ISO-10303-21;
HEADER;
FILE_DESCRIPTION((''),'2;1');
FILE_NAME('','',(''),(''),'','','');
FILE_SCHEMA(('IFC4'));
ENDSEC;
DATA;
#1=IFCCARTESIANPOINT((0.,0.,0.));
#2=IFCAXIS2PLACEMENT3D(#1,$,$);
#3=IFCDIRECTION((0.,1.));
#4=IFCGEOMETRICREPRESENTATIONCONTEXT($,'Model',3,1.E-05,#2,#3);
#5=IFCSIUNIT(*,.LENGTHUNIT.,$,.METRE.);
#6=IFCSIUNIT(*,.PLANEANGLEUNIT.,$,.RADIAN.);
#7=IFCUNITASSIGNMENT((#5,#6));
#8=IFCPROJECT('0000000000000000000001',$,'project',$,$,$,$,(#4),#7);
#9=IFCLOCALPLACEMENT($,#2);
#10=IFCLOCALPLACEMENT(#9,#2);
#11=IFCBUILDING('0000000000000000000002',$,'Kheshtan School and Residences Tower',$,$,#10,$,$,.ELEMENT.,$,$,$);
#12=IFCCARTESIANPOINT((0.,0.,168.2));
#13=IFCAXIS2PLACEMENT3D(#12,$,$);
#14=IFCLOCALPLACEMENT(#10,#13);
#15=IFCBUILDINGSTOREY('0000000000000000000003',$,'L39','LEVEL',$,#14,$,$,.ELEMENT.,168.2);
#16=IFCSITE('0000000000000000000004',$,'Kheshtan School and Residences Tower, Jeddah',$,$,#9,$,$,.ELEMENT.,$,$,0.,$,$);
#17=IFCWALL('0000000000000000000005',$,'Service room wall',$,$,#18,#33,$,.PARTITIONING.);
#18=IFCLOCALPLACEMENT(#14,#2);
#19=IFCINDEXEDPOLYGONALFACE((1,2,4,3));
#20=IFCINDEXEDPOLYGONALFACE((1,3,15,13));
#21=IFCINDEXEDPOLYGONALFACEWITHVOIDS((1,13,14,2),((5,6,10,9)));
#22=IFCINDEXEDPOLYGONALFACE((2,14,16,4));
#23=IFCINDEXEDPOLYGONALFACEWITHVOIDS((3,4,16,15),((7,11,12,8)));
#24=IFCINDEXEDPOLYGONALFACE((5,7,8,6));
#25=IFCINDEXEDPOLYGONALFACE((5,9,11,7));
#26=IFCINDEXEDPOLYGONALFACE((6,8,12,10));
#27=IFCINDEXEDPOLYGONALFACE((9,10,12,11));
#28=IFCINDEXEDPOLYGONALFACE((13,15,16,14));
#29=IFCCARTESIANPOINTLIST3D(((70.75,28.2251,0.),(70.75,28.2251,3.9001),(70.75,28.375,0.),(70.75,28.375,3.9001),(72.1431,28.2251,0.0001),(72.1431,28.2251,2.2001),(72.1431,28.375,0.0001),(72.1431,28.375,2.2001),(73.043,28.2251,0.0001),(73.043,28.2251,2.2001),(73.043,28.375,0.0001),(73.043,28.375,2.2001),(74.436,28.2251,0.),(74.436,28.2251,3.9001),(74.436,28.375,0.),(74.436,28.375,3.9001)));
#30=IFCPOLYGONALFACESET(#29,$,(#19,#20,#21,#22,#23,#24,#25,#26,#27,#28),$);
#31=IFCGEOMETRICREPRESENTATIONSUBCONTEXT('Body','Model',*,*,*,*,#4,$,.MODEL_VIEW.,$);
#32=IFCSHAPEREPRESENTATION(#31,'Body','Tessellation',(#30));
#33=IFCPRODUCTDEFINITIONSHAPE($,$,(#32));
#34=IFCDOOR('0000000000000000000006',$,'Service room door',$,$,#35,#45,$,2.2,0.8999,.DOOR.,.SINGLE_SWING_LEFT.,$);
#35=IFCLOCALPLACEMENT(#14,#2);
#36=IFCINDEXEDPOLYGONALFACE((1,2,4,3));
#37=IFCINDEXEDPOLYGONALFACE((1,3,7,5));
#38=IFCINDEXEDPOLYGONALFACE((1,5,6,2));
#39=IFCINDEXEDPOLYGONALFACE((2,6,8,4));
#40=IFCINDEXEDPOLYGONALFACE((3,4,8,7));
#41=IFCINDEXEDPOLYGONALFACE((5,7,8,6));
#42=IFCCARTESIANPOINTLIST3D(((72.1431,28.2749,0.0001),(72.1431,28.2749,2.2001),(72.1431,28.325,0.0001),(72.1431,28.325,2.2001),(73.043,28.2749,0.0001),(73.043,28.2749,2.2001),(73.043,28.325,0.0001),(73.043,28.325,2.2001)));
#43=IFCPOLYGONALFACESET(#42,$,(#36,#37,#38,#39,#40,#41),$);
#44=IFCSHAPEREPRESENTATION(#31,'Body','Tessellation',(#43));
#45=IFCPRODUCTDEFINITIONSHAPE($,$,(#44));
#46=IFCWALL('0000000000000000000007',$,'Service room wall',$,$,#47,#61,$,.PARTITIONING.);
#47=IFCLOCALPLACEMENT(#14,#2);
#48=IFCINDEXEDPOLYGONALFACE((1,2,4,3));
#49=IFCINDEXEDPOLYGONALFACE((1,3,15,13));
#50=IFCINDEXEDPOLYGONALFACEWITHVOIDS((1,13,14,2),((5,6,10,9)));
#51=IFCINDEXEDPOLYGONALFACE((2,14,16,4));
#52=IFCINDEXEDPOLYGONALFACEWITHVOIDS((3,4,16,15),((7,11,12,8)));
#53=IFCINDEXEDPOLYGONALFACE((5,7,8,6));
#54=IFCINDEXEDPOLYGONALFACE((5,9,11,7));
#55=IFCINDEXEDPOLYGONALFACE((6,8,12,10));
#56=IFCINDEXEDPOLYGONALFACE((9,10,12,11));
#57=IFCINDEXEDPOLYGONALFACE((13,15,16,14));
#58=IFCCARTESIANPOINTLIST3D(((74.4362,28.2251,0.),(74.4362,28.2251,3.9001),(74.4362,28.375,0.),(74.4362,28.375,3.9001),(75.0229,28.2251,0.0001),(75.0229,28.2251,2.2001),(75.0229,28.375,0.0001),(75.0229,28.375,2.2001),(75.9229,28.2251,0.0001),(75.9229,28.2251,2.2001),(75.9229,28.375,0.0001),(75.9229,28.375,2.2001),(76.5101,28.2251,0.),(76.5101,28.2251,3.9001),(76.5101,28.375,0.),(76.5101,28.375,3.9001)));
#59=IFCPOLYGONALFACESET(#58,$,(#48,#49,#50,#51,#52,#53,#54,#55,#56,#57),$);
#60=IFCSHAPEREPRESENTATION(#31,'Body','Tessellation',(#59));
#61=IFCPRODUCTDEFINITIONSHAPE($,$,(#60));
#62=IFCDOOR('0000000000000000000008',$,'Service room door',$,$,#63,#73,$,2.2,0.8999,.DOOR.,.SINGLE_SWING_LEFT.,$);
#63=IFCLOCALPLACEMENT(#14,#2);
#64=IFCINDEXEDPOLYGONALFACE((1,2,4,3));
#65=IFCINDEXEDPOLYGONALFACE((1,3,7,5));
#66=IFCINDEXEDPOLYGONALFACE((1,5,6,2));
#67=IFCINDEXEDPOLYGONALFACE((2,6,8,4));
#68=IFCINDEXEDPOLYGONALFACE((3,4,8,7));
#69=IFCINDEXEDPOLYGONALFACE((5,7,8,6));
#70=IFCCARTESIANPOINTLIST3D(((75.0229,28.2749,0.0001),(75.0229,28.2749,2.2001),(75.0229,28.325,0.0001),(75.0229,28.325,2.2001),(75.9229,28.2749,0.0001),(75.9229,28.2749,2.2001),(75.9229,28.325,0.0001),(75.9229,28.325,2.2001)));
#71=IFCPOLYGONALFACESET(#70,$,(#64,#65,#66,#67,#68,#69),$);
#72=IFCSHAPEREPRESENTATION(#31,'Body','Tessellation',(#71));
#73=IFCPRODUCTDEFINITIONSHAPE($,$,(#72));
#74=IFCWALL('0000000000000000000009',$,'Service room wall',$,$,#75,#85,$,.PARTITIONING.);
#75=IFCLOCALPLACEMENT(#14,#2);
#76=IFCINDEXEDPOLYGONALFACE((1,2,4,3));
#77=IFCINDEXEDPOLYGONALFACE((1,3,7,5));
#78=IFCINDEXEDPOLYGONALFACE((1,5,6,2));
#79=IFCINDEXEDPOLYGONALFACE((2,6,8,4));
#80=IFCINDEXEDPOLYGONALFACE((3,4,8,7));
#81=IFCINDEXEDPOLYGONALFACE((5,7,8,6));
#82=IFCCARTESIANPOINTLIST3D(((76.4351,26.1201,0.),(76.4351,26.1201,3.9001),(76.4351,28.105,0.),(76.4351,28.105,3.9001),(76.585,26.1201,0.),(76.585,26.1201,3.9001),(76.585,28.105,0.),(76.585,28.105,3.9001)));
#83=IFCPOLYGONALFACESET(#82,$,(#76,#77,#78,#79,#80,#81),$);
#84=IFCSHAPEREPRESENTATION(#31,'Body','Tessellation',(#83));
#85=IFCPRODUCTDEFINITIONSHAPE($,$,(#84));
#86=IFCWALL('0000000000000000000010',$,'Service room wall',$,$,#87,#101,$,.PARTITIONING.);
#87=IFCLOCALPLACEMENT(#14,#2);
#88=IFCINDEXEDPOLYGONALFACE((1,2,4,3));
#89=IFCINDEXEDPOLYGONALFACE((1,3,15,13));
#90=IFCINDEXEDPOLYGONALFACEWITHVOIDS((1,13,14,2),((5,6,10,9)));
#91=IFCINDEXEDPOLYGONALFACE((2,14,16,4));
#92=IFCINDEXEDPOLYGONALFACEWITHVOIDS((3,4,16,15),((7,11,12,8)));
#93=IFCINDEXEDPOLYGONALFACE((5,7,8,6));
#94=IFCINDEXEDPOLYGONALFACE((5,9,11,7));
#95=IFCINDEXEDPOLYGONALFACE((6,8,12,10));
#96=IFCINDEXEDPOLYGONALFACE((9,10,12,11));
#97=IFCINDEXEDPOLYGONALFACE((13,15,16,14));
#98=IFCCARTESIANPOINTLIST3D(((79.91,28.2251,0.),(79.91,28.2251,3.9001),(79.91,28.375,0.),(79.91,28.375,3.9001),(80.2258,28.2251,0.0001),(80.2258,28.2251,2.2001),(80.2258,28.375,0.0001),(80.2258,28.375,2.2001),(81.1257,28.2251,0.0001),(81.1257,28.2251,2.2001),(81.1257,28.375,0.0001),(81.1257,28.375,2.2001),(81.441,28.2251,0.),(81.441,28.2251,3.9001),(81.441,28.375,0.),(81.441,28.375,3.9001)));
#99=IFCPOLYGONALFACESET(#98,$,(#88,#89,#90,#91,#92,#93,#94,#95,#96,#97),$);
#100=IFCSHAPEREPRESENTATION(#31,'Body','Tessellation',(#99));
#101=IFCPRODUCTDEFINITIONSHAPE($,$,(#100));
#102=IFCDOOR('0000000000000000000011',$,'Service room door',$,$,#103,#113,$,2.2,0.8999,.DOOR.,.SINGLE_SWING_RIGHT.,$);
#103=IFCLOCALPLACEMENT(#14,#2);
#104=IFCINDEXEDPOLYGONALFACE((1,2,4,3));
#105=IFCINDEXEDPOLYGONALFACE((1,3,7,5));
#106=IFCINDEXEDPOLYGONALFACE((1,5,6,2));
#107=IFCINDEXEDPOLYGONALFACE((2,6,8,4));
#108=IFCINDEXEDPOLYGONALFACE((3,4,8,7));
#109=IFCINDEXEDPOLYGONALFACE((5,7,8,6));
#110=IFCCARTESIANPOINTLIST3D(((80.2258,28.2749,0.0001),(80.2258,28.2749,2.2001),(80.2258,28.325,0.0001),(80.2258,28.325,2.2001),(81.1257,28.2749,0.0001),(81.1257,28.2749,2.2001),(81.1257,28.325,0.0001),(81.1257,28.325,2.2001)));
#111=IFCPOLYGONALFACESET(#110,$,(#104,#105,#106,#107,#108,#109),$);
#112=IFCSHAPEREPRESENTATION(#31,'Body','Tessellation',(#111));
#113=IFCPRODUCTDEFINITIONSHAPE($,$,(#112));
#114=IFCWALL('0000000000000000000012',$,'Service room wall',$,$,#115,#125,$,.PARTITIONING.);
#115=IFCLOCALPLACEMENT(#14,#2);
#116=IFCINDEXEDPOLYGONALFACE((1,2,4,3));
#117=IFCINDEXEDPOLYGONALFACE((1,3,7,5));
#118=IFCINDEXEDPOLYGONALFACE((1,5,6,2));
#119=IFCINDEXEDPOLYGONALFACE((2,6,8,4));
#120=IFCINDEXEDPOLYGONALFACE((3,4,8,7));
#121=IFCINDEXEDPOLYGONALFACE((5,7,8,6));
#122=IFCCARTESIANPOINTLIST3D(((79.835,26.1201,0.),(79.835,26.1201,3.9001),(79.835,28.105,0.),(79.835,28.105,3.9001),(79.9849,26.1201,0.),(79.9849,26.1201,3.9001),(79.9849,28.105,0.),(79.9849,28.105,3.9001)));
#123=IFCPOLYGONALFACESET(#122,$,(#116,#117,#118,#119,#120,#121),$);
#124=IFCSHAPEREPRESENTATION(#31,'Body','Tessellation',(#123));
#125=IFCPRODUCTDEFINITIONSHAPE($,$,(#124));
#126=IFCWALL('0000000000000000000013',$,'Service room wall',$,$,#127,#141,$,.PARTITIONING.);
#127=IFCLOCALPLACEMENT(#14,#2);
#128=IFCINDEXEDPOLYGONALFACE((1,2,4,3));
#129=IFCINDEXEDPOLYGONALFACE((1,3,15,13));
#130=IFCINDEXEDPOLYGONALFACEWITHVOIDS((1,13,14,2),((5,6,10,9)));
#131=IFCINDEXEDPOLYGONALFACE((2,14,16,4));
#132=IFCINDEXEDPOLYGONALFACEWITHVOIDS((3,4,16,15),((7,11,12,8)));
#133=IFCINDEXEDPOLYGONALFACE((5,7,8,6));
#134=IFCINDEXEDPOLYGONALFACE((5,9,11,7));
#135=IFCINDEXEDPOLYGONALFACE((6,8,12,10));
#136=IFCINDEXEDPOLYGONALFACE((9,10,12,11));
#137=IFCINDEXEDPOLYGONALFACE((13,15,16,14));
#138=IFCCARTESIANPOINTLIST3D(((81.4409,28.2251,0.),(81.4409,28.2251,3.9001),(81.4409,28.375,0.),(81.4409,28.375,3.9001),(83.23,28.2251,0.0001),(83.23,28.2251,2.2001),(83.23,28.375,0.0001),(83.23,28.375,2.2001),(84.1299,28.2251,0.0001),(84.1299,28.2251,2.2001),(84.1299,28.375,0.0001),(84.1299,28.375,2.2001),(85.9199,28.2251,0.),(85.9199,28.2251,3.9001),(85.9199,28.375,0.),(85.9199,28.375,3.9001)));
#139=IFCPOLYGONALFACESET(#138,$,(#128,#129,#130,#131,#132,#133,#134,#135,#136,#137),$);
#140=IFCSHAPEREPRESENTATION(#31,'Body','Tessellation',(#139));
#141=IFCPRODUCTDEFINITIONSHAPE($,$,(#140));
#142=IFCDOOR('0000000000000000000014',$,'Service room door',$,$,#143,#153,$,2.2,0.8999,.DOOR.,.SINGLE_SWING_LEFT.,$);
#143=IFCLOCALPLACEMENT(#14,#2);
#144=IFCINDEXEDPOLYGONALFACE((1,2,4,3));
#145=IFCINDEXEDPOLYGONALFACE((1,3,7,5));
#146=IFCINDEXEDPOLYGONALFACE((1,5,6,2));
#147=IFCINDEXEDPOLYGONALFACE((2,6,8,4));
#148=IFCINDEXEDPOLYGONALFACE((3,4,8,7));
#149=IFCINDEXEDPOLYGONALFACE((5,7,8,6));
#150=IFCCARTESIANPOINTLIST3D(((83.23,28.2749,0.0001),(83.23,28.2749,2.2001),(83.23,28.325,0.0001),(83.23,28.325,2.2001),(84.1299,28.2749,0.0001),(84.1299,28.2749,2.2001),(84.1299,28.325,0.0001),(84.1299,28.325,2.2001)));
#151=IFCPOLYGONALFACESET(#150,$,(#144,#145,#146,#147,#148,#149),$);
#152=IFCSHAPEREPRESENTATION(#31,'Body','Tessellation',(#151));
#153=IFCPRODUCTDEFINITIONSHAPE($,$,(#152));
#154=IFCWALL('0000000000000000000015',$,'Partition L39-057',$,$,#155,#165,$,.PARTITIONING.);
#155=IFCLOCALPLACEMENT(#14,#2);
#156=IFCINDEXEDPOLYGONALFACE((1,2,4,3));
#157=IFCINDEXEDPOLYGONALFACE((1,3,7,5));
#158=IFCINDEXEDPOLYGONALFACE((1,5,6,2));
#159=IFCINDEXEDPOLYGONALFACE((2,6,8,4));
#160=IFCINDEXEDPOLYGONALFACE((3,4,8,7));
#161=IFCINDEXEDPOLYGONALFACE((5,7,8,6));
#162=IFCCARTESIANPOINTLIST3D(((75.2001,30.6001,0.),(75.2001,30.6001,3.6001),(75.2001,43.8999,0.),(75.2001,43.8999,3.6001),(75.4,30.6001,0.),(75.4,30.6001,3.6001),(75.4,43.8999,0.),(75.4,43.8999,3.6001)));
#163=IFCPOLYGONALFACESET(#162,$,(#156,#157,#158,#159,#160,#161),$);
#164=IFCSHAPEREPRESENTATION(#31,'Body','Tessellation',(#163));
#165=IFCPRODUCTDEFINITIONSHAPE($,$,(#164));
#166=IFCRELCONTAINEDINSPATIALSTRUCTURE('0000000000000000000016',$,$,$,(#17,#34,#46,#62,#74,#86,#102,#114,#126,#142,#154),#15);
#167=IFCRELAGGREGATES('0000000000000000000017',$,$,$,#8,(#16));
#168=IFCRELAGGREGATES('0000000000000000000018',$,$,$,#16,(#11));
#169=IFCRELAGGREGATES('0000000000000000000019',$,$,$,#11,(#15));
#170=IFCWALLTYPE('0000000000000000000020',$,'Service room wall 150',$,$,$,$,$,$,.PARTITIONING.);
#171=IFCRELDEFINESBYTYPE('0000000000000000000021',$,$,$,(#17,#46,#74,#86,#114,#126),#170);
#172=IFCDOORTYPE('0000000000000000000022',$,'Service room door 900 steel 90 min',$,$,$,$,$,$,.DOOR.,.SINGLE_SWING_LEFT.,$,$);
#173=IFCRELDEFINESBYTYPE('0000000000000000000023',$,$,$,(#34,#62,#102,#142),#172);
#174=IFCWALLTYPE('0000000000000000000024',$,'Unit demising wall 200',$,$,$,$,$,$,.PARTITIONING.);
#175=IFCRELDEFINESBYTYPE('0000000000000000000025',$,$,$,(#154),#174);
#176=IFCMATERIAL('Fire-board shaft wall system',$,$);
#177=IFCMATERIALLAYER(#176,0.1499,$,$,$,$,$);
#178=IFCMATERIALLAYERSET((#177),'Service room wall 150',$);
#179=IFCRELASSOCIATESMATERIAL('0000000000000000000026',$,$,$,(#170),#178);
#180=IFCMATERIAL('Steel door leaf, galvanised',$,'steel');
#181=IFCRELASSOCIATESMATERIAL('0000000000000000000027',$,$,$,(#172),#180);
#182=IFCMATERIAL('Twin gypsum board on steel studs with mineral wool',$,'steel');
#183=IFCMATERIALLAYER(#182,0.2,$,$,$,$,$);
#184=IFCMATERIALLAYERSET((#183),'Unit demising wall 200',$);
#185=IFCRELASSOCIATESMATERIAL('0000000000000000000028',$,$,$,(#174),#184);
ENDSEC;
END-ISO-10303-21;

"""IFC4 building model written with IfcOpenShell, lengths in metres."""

from ifc_helpers import new_model, si_unit, direction, frame, frame_2d, origin, place, context, subcontext, project, spatial, rectangle, extrude, source, transform, mapped, material, layer, layer_set, type_object, element, fill, save


model = new_model("IFC4")

# Units and contexts
model_context = context("Model", 3, precision=1e-05, world=origin(), true_north=direction((0.0, 1.0)))
body_context = subcontext(model_context, "Body", "Model", "MODEL_VIEW")
ifc_project = project(units=[si_unit("LENGTHUNIT", "METRE"), si_unit("PLANEANGLEUNIT", "RADIAN")], contexts=[model_context])

# Site, building, storey
site_placement = place(None, origin())
site = spatial("IfcSite", under=ifc_project, at=site_placement, Name="Kheshtan School and Residences Tower, Jeddah", CompositionType="ELEMENT", RefElevation=0.0)
building_placement = place(site_placement, origin())
building = spatial("IfcBuilding", under=site, at=building_placement, Name="Kheshtan School and Residences Tower", CompositionType="ELEMENT")
storey_placement = place(building_placement, frame((0.0, 0.0, 168.2)))
storey = spatial("IfcBuildingStorey", under=building, at=storey_placement, Name="L39", Description="LEVEL", CompositionType="ELEMENT", Elevation=168.2)

# Walls, openings, doors
ifc_material_1 = material(Name="Fire-board shaft wall system")
ifc_layer_1 = layer(ifc_material_1, 0.1499)
ifc_layer_set_1 = layer_set([ifc_layer_1], Name="Service room wall 150")
wall_type_1 = type_object("IfcWallType", Name="Service room wall 150", PredefinedType="PARTITIONING", material=ifc_layer_set_1)
wall_1_placement = place(storey_placement, frame((70.75, 28.3, 0.0), z_axis=(0.0, 0.0, 1.0), x_axis=(1.0, 0.0, 0.0)))
wall_1 = element("IfcWall", 1, at=wall_1_placement, inside=storey, type_object=wall_type_1, Name="Service room wall", PredefinedType="PARTITIONING", context=body_context, shape_type="SweptSolid", body=[
    extrude(rectangle(XDim=3.686, YDim=0.1499, at=frame_2d((1.843, 0.0))), origin(), (0.0, 0.0, 1.0), 3.9001),
])
opening_1_placement = place(wall_1_placement, frame((1.3931, 0.0, 0.0)))
opening_1 = element("IfcOpeningElement", 2, at=opening_1_placement, cuts=wall_1, PredefinedType="OPENING", context=body_context, shape_type="SweptSolid", body=[
    extrude(rectangle(XDim=0.8999, YDim=2.2, at=frame_2d((0.45, 1.1001))), frame((0.0, 0.085, 0.0), z_axis=(0.0, -1.0, 0.0), x_axis=(1.0, 0.0, 0.0)), (0.0, 0.0, 1.0), 0.1699),
])
ifc_material_2 = material(Name="Steel door leaf, galvanised", Category="steel")
door_type = type_object("IfcDoorType", Name="Service room door 900 steel 90 min", OperationType="SINGLE_SWING_LEFT", PredefinedType="DOOR", material=ifc_material_2)
shared_shape = source(origin(), body_context, "Body", "SweptSolid", [
    extrude(rectangle(XDim=0.8999, YDim=2.2, at=frame_2d((0.45, 1.1001))), frame((0.0, 0.0249, 0.0), z_axis=(0.0, -1.0, 0.0), x_axis=(1.0, 0.0, 0.0)), (0.0, 0.0, 1.0), 0.05),
])
door_1_placement = place(opening_1_placement, origin())
door_1 = element("IfcDoor", 3, at=door_1_placement, inside=storey, type_object=door_type, Name="Service room door", OperationType="SINGLE_SWING_LEFT", OverallHeight=2.2, OverallWidth=0.8999, PredefinedType="DOOR", context=body_context, shape_type="MappedRepresentation", body=[
    mapped(shared_shape, transform((0.0, 0.0, 0.0), x_axis=(1.0, 0.0, 0.0), y_axis=(0.0, 1.0, 0.0), z_axis=(0.0, 0.0, 1.0), scale=1.0)),
])
fill(opening_1, door_1)
wall_2_placement = place(storey_placement, frame((74.436, 28.3, 0.0), z_axis=(0.0, 0.0, 1.0), x_axis=(1.0, 0.0, 0.0)))
wall_2 = element("IfcWall", 4, at=wall_2_placement, inside=storey, type_object=wall_type_1, Name="Service room wall", PredefinedType="PARTITIONING", context=body_context, shape_type="SweptSolid", body=[
    extrude(rectangle(XDim=2.074, YDim=0.1499, at=frame_2d((1.0371, 0.0))), origin(), (0.0, 0.0, 1.0), 3.9001),
])
opening_2_placement = place(wall_2_placement, frame((0.5869, 0.0, 0.0)))
opening_2 = element("IfcOpeningElement", 5, at=opening_2_placement, cuts=wall_2, PredefinedType="OPENING", context=body_context, shape_type="SweptSolid", body=[
    extrude(rectangle(XDim=0.8999, YDim=2.2, at=frame_2d((0.45, 1.1001))), frame((0.0, 0.085, 0.0), z_axis=(0.0, -1.0, 0.0), x_axis=(1.0, 0.0, 0.0)), (0.0, 0.0, 1.0), 0.1699),
])
door_2_placement = place(opening_2_placement, origin())
door_2 = element("IfcDoor", 6, at=door_2_placement, inside=storey, type_object=door_type, Name="Service room door", OperationType="SINGLE_SWING_LEFT", OverallHeight=2.2, OverallWidth=0.8999, PredefinedType="DOOR", context=body_context, shape_type="MappedRepresentation", body=[
    mapped(shared_shape, transform((0.0, 0.0, 0.0), x_axis=(1.0, 0.0, 0.0), y_axis=(0.0, 1.0, 0.0), z_axis=(0.0, 0.0, 1.0), scale=1.0)),
])
fill(opening_2, door_2)

# Wall
wall_3_placement = place(storey_placement, frame((76.51, 26.1201, 0.0), z_axis=(0.0, 0.0, 1.0), x_axis=(0.0, 1.0, 0.0)))
element("IfcWall", 7, at=wall_3_placement, inside=storey, type_object=wall_type_1, Name="Service room wall", PredefinedType="PARTITIONING", context=body_context, shape_type="SweptSolid", body=[
    extrude(rectangle(XDim=1.9849, YDim=0.1499, at=frame_2d((0.9924, 0.0))), origin(), (0.0, 0.0, 1.0), 3.9001),
])

# Wall, opening, door
wall_4_placement = place(storey_placement, frame((79.9099, 28.3, 0.0), z_axis=(0.0, 0.0, 1.0), x_axis=(1.0, 0.0, 0.0)))
wall_4 = element("IfcWall", 8, at=wall_4_placement, inside=storey, type_object=wall_type_1, Name="Service room wall", PredefinedType="PARTITIONING", context=body_context, shape_type="SweptSolid", body=[
    extrude(rectangle(XDim=1.531, YDim=0.1499, at=frame_2d((0.7656, 0.0))), origin(), (0.0, 0.0, 1.0), 3.9001),
])
opening_3_placement = place(wall_4_placement, frame((0.3159, 0.0, 0.0)))
opening_3 = element("IfcOpeningElement", 9, at=opening_3_placement, cuts=wall_4, PredefinedType="OPENING", context=body_context, shape_type="SweptSolid", body=[
    extrude(rectangle(XDim=0.8999, YDim=2.2, at=frame_2d((0.45, 1.1001))), frame((0.0, 0.085, 0.0), z_axis=(0.0, -1.0, 0.0), x_axis=(1.0, 0.0, 0.0)), (0.0, 0.0, 1.0), 0.1699),
])
door_3_placement = place(opening_3_placement, origin())
door_3 = element("IfcDoor", 10, at=door_3_placement, inside=storey, type_object=door_type, Name="Service room door", OperationType="SINGLE_SWING_RIGHT", OverallHeight=2.2, OverallWidth=0.8999, PredefinedType="DOOR", context=body_context, shape_type="MappedRepresentation", body=[
    mapped(shared_shape, transform((0.0, 0.0, 0.0), x_axis=(1.0, 0.0, 0.0), y_axis=(0.0, 1.0, 0.0), z_axis=(0.0, 0.0, 1.0), scale=1.0)),
])
fill(opening_3, door_3)

# Wall
wall_5_placement = place(storey_placement, frame((79.9099, 26.1201, 0.0), z_axis=(0.0, 0.0, 1.0), x_axis=(0.0, 1.0, 0.0)))
element("IfcWall", 11, at=wall_5_placement, inside=storey, type_object=wall_type_1, Name="Service room wall", PredefinedType="PARTITIONING", context=body_context, shape_type="SweptSolid", body=[
    extrude(rectangle(XDim=1.9849, YDim=0.1499, at=frame_2d((0.9924, 0.0))), origin(), (0.0, 0.0, 1.0), 3.9001),
])

# Wall, opening, door
wall_6_placement = place(storey_placement, frame((81.4409, 28.3, 0.0), z_axis=(0.0, 0.0, 1.0), x_axis=(1.0, 0.0, 0.0)))
wall_6 = element("IfcWall", 12, at=wall_6_placement, inside=storey, type_object=wall_type_1, Name="Service room wall", PredefinedType="PARTITIONING", context=body_context, shape_type="SweptSolid", body=[
    extrude(rectangle(XDim=4.479, YDim=0.1499, at=frame_2d((2.2395, 0.0))), origin(), (0.0, 0.0, 1.0), 3.9001),
])
opening_4_placement = place(wall_6_placement, frame((1.7891, 0.0, 0.0)))
opening_4 = element("IfcOpeningElement", 13, at=opening_4_placement, cuts=wall_6, PredefinedType="OPENING", context=body_context, shape_type="SweptSolid", body=[
    extrude(rectangle(XDim=0.8999, YDim=2.2, at=frame_2d((0.45, 1.1001))), frame((0.0, 0.085, 0.0), z_axis=(0.0, -1.0, 0.0), x_axis=(1.0, 0.0, 0.0)), (0.0, 0.0, 1.0), 0.1699),
])
door_4_placement = place(opening_4_placement, origin())
door_4 = element("IfcDoor", 14, at=door_4_placement, inside=storey, type_object=door_type, Name="Service room door", OperationType="SINGLE_SWING_LEFT", OverallHeight=2.2, OverallWidth=0.8999, PredefinedType="DOOR", context=body_context, shape_type="MappedRepresentation", body=[
    mapped(shared_shape, transform((0.0, 0.0, 0.0), x_axis=(1.0, 0.0, 0.0), y_axis=(0.0, 1.0, 0.0), z_axis=(0.0, 0.0, 1.0), scale=1.0)),
])
fill(opening_4, door_4)

# Wall
ifc_material_3 = material(Name="Twin gypsum board on steel studs with mineral wool", Category="steel")
ifc_layer_2 = layer(ifc_material_3, 0.2)
ifc_layer_set_2 = layer_set([ifc_layer_2], Name="Unit demising wall 200")
wall_type_2 = type_object("IfcWallType", Name="Unit demising wall 200", PredefinedType="PARTITIONING", material=ifc_layer_set_2)
wall_7_placement = place(storey_placement, frame((75.3, 30.6001, 0.0), z_axis=(0.0, 0.0, 1.0), x_axis=(0.0, 1.0, 0.0)))
element("IfcWall", 15, at=wall_7_placement, inside=storey, type_object=wall_type_2, Name="Partition L39-057", PredefinedType="PARTITIONING", context=body_context, shape_type="SweptSolid", body=[
    extrude(rectangle(XDim=13.2998, YDim=0.2, at=frame_2d((6.6499, 0.0))), origin(), (0.0, 0.0, 1.0), 3.6001),
])

save(model, "model.ifc")
